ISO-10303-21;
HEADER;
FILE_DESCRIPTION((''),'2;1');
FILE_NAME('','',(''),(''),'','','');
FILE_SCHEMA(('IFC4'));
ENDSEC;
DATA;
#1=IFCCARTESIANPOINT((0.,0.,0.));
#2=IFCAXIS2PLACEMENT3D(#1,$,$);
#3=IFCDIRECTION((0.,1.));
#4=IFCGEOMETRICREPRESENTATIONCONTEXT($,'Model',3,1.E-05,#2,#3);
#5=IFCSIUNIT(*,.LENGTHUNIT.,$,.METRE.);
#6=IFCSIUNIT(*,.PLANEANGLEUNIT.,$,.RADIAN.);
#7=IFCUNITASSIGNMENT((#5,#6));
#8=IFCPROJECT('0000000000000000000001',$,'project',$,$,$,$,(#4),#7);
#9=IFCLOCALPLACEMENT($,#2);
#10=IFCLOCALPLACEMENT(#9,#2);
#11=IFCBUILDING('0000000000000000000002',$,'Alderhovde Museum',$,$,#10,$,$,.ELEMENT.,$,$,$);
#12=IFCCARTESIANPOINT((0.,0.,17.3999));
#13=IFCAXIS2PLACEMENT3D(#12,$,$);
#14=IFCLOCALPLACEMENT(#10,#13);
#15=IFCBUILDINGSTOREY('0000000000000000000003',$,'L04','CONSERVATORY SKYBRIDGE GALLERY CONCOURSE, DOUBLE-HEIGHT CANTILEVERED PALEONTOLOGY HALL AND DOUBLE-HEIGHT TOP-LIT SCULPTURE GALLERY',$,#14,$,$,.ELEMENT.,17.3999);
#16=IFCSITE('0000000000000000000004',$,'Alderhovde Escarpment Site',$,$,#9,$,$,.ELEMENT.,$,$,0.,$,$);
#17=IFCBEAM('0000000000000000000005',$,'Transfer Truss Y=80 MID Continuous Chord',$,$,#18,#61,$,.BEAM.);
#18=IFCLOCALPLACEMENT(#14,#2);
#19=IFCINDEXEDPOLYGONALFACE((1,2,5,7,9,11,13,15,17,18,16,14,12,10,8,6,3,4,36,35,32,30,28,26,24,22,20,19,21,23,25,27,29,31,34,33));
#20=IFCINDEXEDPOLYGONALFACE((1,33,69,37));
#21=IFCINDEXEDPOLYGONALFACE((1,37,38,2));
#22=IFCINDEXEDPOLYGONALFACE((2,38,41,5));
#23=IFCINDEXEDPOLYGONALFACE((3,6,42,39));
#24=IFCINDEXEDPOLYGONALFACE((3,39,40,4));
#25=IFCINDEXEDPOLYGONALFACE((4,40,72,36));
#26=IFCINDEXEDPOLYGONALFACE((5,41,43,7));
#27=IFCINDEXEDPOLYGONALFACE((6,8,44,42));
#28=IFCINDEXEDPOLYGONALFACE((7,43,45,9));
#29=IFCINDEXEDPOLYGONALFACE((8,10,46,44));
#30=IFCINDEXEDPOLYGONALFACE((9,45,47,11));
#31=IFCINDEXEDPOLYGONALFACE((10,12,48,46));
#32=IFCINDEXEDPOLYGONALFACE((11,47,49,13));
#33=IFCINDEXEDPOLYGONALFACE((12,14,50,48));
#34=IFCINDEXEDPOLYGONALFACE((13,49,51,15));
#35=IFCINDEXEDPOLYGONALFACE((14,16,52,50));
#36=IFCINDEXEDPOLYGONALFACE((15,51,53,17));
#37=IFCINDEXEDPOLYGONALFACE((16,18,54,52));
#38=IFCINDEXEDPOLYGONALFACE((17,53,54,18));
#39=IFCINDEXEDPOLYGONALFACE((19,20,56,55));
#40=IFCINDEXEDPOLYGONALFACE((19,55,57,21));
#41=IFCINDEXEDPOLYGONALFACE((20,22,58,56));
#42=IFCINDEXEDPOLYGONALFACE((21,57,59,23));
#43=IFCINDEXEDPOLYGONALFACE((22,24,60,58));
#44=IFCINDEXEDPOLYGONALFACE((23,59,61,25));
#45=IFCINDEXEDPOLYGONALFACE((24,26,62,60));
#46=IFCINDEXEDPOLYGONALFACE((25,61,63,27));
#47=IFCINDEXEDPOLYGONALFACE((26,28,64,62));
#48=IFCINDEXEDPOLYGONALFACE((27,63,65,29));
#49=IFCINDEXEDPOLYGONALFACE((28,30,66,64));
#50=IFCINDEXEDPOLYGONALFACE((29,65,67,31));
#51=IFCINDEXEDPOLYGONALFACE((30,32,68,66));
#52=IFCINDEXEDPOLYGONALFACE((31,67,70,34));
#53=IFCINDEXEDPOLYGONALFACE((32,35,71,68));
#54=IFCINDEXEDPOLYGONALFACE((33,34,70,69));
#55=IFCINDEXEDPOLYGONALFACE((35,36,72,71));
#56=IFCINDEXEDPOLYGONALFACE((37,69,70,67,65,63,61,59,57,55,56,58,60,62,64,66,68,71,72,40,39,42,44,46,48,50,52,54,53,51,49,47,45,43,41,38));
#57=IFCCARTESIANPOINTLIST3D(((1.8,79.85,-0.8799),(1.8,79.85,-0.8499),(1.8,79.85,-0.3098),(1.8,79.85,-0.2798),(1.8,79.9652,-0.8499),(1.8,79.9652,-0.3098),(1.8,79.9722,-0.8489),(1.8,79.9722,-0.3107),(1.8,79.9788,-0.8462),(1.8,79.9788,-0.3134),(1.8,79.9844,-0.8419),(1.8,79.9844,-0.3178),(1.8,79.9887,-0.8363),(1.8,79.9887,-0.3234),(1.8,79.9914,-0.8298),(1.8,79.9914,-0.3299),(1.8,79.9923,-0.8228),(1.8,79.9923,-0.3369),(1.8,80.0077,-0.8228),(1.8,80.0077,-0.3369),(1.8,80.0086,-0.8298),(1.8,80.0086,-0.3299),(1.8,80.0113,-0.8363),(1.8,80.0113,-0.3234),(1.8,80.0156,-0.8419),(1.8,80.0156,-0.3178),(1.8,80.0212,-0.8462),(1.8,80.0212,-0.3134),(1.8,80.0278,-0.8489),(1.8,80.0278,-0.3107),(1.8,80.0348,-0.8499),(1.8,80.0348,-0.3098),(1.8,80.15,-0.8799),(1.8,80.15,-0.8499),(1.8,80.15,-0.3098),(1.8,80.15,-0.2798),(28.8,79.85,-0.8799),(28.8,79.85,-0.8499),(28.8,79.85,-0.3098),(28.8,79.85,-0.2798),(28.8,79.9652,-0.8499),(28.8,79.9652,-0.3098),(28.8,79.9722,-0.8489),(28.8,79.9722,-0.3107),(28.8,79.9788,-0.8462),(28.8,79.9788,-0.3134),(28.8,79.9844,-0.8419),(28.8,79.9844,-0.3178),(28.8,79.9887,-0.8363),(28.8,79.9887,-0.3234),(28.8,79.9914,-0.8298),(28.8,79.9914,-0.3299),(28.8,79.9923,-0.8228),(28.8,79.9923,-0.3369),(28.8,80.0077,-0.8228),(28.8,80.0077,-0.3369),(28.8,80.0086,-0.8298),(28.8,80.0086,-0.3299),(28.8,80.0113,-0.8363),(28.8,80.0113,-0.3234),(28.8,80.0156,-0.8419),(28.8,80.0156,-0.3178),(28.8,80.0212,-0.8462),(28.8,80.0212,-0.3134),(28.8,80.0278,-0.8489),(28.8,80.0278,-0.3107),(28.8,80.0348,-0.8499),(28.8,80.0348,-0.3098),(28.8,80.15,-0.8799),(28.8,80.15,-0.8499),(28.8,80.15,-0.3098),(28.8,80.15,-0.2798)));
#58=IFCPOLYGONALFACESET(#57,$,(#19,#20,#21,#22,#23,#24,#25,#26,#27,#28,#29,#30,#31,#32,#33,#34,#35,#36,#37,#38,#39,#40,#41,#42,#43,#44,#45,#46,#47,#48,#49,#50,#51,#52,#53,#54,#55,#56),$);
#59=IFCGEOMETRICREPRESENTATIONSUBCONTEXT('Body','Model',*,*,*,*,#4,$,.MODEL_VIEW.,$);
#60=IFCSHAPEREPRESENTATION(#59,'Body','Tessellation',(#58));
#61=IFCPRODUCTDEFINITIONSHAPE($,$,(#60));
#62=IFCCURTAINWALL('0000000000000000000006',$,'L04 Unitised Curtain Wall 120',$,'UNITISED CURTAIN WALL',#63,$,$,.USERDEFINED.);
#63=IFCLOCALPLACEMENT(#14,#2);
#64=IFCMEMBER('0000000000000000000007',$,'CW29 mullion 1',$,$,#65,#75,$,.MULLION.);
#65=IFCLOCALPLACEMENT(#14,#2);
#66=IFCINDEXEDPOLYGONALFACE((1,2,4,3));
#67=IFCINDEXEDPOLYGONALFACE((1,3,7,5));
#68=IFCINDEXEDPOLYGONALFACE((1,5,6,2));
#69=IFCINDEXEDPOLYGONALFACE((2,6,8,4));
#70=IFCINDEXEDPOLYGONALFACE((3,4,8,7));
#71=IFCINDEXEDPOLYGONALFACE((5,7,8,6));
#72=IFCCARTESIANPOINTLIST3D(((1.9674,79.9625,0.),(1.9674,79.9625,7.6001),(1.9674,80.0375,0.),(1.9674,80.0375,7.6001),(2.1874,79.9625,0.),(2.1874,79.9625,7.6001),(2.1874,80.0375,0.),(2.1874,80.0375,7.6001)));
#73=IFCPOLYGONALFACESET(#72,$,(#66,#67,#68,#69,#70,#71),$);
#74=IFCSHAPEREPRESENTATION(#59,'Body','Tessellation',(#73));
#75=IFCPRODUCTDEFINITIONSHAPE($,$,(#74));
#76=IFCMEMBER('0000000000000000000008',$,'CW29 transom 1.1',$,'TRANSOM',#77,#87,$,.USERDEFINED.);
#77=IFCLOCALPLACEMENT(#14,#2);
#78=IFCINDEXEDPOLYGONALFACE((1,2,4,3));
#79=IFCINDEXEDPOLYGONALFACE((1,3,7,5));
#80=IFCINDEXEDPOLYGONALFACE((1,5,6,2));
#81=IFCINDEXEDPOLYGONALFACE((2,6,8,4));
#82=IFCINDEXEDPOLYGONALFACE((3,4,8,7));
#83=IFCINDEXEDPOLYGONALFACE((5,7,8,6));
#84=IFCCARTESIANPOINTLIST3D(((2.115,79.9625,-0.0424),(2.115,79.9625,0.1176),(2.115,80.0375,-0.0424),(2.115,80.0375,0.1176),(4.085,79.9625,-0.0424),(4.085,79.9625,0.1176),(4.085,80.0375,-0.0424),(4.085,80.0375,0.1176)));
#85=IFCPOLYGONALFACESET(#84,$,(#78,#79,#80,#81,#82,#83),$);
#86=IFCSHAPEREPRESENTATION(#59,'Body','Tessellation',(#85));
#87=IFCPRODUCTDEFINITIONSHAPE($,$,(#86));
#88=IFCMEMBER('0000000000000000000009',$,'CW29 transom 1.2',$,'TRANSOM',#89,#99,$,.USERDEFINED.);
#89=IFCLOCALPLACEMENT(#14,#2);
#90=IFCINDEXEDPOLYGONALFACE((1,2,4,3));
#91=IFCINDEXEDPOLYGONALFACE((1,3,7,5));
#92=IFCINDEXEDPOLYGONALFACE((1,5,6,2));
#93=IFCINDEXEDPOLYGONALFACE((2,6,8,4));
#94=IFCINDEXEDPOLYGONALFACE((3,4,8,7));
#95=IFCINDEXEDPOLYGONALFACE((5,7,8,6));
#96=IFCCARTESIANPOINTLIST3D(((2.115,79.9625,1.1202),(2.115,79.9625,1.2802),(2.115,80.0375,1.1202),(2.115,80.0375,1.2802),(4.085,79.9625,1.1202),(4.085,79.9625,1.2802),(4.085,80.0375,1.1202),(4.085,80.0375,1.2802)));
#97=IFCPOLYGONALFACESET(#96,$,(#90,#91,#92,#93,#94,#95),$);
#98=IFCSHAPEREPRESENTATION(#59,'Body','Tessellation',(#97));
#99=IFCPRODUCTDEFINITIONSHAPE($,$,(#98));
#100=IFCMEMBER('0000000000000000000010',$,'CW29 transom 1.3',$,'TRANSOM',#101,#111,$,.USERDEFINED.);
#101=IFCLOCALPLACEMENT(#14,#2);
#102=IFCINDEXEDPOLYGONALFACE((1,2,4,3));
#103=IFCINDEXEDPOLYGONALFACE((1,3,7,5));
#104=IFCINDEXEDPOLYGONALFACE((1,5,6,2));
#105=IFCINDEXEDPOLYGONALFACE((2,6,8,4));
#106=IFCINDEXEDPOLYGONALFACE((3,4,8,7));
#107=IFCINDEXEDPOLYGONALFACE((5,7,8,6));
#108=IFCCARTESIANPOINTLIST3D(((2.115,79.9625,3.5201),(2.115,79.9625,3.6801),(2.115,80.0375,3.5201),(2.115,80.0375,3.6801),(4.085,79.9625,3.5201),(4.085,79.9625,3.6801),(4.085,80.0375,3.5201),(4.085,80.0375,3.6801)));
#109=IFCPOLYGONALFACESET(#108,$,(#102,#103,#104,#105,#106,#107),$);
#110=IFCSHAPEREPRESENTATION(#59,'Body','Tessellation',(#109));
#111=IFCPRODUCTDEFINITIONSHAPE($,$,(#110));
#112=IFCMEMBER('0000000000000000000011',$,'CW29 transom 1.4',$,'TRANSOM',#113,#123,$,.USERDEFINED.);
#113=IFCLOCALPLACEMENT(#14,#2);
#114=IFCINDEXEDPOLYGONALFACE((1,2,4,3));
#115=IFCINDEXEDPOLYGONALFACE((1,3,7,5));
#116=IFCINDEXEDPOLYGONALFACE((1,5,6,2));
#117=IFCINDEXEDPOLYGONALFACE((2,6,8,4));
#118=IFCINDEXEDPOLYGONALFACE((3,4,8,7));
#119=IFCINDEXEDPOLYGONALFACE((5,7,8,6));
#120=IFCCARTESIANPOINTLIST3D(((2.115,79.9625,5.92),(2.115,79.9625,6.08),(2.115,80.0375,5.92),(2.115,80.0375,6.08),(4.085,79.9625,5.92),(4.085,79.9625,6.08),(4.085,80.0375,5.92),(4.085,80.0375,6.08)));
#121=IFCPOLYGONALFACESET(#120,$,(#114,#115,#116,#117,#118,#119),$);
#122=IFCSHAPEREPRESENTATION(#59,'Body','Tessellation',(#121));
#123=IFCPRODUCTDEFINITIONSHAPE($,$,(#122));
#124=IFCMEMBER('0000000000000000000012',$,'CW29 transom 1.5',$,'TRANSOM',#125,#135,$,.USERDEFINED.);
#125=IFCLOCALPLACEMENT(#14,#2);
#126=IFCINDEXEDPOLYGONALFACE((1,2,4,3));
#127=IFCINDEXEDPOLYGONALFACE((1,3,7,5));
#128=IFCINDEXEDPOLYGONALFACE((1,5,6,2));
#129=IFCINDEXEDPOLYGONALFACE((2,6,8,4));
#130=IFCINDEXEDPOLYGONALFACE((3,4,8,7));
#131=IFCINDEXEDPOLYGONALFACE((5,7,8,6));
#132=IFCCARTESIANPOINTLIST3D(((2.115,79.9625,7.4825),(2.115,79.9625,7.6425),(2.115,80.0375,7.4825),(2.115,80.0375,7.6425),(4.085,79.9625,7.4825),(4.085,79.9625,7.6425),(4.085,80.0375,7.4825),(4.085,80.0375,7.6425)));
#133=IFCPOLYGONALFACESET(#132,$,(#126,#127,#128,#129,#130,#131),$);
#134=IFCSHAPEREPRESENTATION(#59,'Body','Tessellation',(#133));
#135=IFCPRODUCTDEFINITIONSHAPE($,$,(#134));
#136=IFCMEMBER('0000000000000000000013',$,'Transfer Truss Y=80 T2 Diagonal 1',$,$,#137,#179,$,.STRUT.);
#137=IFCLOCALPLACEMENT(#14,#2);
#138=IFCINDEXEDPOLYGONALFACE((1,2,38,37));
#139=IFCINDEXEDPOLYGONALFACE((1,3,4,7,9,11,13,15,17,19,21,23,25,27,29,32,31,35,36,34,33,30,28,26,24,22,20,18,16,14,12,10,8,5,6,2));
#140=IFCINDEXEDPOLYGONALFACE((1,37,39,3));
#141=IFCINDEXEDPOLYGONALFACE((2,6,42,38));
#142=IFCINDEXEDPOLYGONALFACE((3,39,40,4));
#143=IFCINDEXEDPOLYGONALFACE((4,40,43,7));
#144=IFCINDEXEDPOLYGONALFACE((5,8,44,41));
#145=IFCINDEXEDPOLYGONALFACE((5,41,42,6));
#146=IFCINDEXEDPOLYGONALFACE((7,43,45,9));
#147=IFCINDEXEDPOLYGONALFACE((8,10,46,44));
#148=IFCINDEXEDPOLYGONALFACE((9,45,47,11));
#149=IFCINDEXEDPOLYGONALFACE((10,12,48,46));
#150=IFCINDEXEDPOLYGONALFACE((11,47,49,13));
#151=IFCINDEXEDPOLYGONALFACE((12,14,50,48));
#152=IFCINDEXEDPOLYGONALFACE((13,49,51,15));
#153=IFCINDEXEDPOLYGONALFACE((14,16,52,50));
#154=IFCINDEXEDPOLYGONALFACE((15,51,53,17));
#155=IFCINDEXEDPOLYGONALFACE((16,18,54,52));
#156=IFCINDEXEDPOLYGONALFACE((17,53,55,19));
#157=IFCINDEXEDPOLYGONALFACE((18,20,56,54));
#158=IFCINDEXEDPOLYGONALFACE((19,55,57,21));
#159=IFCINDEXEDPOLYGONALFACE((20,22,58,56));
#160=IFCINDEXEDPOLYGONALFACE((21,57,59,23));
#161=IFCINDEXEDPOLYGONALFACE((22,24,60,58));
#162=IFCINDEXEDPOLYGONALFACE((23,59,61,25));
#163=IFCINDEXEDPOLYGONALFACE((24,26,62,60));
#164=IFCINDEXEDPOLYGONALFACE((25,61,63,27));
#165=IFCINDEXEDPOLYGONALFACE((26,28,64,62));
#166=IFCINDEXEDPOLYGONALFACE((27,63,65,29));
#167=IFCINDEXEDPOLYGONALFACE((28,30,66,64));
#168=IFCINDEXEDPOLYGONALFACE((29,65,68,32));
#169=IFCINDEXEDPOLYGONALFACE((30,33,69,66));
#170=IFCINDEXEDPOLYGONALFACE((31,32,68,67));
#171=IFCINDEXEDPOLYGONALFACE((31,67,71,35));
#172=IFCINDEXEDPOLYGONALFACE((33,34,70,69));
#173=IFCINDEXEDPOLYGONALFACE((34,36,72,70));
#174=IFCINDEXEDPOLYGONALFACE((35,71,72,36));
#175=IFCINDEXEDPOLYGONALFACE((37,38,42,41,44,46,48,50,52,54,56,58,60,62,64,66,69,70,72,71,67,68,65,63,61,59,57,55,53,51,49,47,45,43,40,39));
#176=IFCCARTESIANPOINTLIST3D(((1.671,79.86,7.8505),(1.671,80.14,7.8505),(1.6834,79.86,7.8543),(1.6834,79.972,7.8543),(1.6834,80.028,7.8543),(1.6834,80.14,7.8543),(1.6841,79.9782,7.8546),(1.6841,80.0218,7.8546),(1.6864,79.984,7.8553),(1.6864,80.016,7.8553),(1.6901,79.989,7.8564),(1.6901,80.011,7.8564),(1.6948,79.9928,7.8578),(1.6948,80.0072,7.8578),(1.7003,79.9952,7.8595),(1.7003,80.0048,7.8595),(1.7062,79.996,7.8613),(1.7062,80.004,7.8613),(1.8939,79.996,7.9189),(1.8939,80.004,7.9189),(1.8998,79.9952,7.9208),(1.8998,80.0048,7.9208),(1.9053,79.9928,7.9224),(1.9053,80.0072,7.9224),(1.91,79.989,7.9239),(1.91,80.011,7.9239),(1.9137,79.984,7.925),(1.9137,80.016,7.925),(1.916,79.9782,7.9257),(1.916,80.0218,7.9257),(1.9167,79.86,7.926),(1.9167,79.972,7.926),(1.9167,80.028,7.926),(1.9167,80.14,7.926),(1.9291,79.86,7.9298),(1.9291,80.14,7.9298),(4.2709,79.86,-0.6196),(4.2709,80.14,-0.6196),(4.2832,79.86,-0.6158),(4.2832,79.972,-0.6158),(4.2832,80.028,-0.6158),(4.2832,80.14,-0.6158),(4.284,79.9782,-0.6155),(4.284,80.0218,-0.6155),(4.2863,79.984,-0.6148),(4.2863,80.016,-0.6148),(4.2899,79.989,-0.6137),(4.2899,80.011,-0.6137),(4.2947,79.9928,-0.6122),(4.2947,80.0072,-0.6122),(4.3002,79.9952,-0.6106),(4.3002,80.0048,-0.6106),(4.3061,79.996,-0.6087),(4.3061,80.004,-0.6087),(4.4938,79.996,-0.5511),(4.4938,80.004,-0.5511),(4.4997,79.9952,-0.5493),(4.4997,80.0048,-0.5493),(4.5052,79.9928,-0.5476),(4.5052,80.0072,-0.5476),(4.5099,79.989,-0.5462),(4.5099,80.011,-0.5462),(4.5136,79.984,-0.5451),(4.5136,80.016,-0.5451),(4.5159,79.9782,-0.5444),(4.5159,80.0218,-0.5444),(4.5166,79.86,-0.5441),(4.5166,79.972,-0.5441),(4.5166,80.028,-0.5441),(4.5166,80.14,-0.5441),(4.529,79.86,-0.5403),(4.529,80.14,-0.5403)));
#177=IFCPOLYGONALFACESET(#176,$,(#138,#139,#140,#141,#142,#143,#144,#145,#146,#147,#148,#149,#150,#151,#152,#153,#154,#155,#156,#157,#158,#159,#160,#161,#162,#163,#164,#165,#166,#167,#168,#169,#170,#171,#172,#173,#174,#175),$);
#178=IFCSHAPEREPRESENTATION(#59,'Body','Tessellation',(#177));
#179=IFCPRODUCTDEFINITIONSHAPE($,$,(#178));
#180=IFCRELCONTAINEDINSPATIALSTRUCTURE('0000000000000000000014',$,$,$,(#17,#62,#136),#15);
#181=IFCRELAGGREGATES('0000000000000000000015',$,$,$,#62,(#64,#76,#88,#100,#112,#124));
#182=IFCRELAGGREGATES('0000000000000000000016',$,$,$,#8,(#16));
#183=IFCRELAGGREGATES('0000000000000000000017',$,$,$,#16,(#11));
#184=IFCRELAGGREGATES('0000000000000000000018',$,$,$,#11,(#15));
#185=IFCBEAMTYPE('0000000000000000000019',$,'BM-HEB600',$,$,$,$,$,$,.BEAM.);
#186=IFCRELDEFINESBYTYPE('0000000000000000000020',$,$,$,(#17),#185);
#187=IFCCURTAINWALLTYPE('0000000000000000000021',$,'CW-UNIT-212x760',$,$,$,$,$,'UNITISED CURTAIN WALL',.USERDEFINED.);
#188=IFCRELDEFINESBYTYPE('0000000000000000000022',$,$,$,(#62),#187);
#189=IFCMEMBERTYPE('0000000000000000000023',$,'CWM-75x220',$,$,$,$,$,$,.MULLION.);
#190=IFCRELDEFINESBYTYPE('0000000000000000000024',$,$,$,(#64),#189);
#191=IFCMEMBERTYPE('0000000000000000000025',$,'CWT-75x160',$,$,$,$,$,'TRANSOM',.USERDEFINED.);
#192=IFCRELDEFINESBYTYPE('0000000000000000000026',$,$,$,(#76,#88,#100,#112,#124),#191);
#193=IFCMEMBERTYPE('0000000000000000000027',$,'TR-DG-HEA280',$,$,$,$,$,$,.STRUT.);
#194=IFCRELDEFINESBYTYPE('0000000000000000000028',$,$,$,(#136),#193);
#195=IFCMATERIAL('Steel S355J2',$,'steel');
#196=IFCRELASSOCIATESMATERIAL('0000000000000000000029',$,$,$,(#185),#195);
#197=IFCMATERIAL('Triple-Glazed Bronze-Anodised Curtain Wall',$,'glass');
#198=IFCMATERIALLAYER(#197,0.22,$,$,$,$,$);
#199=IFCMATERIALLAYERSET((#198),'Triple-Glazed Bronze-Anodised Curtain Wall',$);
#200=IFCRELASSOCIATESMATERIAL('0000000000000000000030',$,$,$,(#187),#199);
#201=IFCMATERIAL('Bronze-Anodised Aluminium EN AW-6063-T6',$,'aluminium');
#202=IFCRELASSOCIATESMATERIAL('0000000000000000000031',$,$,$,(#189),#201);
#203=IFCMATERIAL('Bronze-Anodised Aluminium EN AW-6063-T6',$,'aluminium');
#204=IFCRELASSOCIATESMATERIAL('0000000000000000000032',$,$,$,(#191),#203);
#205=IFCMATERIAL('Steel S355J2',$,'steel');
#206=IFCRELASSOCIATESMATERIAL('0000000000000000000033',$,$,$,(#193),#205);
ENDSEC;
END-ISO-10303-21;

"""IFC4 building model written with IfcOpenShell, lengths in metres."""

from ifc_helpers import new_model, si_unit, direction, frame, origin, origin_2d, place, context, subcontext, project, spatial, rectangle, i_section, extrude, material, layer, layer_set, material_profile, profile_set, type_object, element, aggregate, save


model = new_model("IFC4")

# Units and contexts
model_context = context("Model", 3, precision=1e-05, world=origin(), true_north=direction((0.0, 1.0)))
body_context = subcontext(model_context, "Body", "Model", "MODEL_VIEW")
ifc_project = project(units=[si_unit("LENGTHUNIT", "METRE"), si_unit("PLANEANGLEUNIT", "RADIAN")], contexts=[model_context])

# Site, building, storey
site_placement = place(None, origin())
site = spatial("IfcSite", under=ifc_project, at=site_placement, Name="Alderhovde Escarpment Site", CompositionType="ELEMENT", RefElevation=0.0)
building_placement = place(site_placement, origin())
building = spatial("IfcBuilding", under=site, at=building_placement, Name="Alderhovde Museum", CompositionType="ELEMENT")
storey_placement = place(building_placement, frame((0.0, 0.0, 17.3999)))
storey = spatial("IfcBuildingStorey", under=building, at=storey_placement, Name="L04", Description="CONSERVATORY SKYBRIDGE GALLERY CONCOURSE, DOUBLE-HEIGHT CANTILEVERED PALEONTOLOGY HALL AND DOUBLE-HEIGHT TOP-LIT SCULPTURE GALLERY", CompositionType="ELEMENT", Elevation=17.3999)

# Beam
ifc_material_1 = material(Name="Steel S355J2", Category="steel")
ifc_material_profile_1 = material_profile(ifc_material_1, i_section(OverallWidth=0.3, OverallDepth=0.6001, WebThickness=0.0154, FlangeThickness=0.03, FilletRadius=0.0271, at=origin_2d()), Name="HEB 600")
ifc_profile_set_1 = profile_set([ifc_material_profile_1], Name="Steel S355J2")
beam_type = type_object("IfcBeamType", Name="BM-HEB600", PredefinedType="BEAM", material=ifc_profile_set_1)
beam_placement = place(storey_placement, frame((1.8, 80.0, -0.5798), z_axis=(1.0, 0.0, 0.0), x_axis=(0.0, 1.0, 0.0)))
element("IfcBeam", 1, at=beam_placement, inside=storey, type_object=beam_type, Name="Transfer Truss Y=80 MID Continuous Chord", PredefinedType="BEAM", context=body_context, shape_type="SweptSolid", body=[
    extrude(i_section(OverallWidth=0.3, OverallDepth=0.6001, WebThickness=0.0154, FlangeThickness=0.03, FilletRadius=0.0271, at=origin_2d()), origin(), (0.0, 0.0, 1.0), 27.0),
])

# Curtain wall, members
ifc_material_2 = material(Name="Triple-Glazed Bronze-Anodised Curtain Wall", Category="glass")
ifc_layer_1 = layer(ifc_material_2, 0.22)
ifc_layer_set_1 = layer_set([ifc_layer_1], Name="Triple-Glazed Bronze-Anodised Curtain Wall")
curtain_wall_type = type_object("IfcCurtainWallType", Name="CW-UNIT-212x760", ElementType="UNITISED CURTAIN WALL", PredefinedType="USERDEFINED", material=ifc_layer_set_1)
curtain_wall_placement = place(storey_placement, origin())
curtain_wall = element("IfcCurtainWall", 2, at=curtain_wall_placement, inside=storey, type_object=curtain_wall_type, Name="L04 Unitised Curtain Wall 120", ObjectType="UNITISED CURTAIN WALL", PredefinedType="USERDEFINED")
ifc_material_3 = material(Name="Bronze-Anodised Aluminium EN AW-6063-T6", Category="aluminium")
ifc_material_profile_2 = material_profile(ifc_material_3, rectangle(XDim=0.075, YDim=0.22, at=origin_2d()), Name="MULLION 75x220")
ifc_profile_set_2 = profile_set([ifc_material_profile_2], Name="Bronze-Anodised Aluminium EN AW-6063-T6")
member_type_1 = type_object("IfcMemberType", Name="CWM-75x220", PredefinedType="MULLION", material=ifc_profile_set_2)
member_1_placement = place(storey_placement, frame((2.0774, 80.0, 0.0), z_axis=(0.0, 0.0, 1.0), x_axis=(0.0, 1.0, 0.0)))
member_1 = element("IfcMember", 3, at=member_1_placement, type_object=member_type_1, Name="CW29 mullion 1", PredefinedType="MULLION", context=body_context, shape_type="SweptSolid", body=[
    extrude(rectangle(XDim=0.075, YDim=0.22, at=origin_2d()), origin(), (0.0, 0.0, 1.0), 7.6001),
])
ifc_material_4 = material(Name="Bronze-Anodised Aluminium EN AW-6063-T6", Category="aluminium")
ifc_material_profile_3 = material_profile(ifc_material_4, rectangle(XDim=0.075, YDim=0.1599, at=origin_2d()), Name="TRANSOM 75x160")
ifc_profile_set_3 = profile_set([ifc_material_profile_3], Name="Bronze-Anodised Aluminium EN AW-6063-T6")
member_type_2 = type_object("IfcMemberType", Name="CWT-75x160", ElementType="TRANSOM", PredefinedType="USERDEFINED", material=ifc_profile_set_3)
member_2_placement = place(storey_placement, frame((2.115, 80.0, 0.0376), z_axis=(1.0, 0.0, 0.0), x_axis=(0.0, 1.0, 0.0)))
member_2 = element("IfcMember", 4, at=member_2_placement, type_object=member_type_2, Name="CW29 transom 1.1", ObjectType="TRANSOM", PredefinedType="USERDEFINED", context=body_context, shape_type="SweptSolid", body=[
    extrude(rectangle(XDim=0.075, YDim=0.1599, at=origin_2d()), origin(), (0.0, 0.0, 1.0), 1.97),
])
member_3_placement = place(storey_placement, frame((2.115, 80.0, 1.2002), z_axis=(1.0, 0.0, 0.0), x_axis=(0.0, 1.0, 0.0)))
member_3 = element("IfcMember", 5, at=member_3_placement, type_object=member_type_2, Name="CW29 transom 1.2", ObjectType="TRANSOM", PredefinedType="USERDEFINED", context=body_context, shape_type="SweptSolid", body=[
    extrude(rectangle(XDim=0.075, YDim=0.1599, at=origin_2d()), origin(), (0.0, 0.0, 1.0), 1.97),
])
member_4_placement = place(storey_placement, frame((2.115, 80.0, 3.6001), z_axis=(1.0, 0.0, 0.0), x_axis=(0.0, 1.0, 0.0)))
member_4 = element("IfcMember", 6, at=member_4_placement, type_object=member_type_2, Name="CW29 transom 1.3", ObjectType="TRANSOM", PredefinedType="USERDEFINED", context=body_context, shape_type="SweptSolid", body=[
    extrude(rectangle(XDim=0.075, YDim=0.1599, at=origin_2d()), origin(), (0.0, 0.0, 1.0), 1.97),
])
member_5_placement = place(storey_placement, frame((2.115, 80.0, 6.0), z_axis=(1.0, 0.0, 0.0), x_axis=(0.0, 1.0, 0.0)))
member_5 = element("IfcMember", 7, at=member_5_placement, type_object=member_type_2, Name="CW29 transom 1.4", ObjectType="TRANSOM", PredefinedType="USERDEFINED", context=body_context, shape_type="SweptSolid", body=[
    extrude(rectangle(XDim=0.075, YDim=0.1599, at=origin_2d()), origin(), (0.0, 0.0, 1.0), 1.97),
])
member_6_placement = place(storey_placement, frame((2.115, 80.0, 7.5625), z_axis=(1.0, 0.0, 0.0), x_axis=(0.0, 1.0, 0.0)))
member_6 = element("IfcMember", 8, at=member_6_placement, type_object=member_type_2, Name="CW29 transom 1.5", ObjectType="TRANSOM", PredefinedType="USERDEFINED", context=body_context, shape_type="SweptSolid", body=[
    extrude(rectangle(XDim=0.075, YDim=0.1599, at=origin_2d()), origin(), (0.0, 0.0, 1.0), 1.97),
])
aggregate(curtain_wall, [member_1, member_2, member_3, member_4, member_5, member_6])

# Member
ifc_material_5 = material(Name="Steel S355J2", Category="steel")
ifc_material_profile_4 = material_profile(ifc_material_5, i_section(OverallWidth=0.28, OverallDepth=0.27, WebThickness=0.0081, FlangeThickness=0.0129, FilletRadius=0.0239, at=origin_2d()), Name="HEA 280")
ifc_profile_set_4 = profile_set([ifc_material_profile_4], Name="Steel S355J2")
member_type_3 = type_object("IfcMemberType", Name="TR-DG-HEA280", PredefinedType="STRUT", material=ifc_profile_set_4)
member_7_placement = place(storey_placement, frame((1.8, 80.0, 7.8901), z_axis=(0.293437, 0.0, -0.955978), x_axis=(0.0, 1.0, 0.0)))
element("IfcMember", 9, at=member_7_placement, inside=storey, type_object=member_type_3, Name="Transfer Truss Y=80 T2 Diagonal 1", PredefinedType="STRUT", context=body_context, shape_type="SweptSolid", body=[
    extrude(i_section(OverallWidth=0.28, OverallDepth=0.27, WebThickness=0.0081, FlangeThickness=0.0129, FilletRadius=0.0239, at=origin_2d()), origin(), (0.0, 0.0, 1.0), 8.8601),
])

save(model, "model.ifc")
